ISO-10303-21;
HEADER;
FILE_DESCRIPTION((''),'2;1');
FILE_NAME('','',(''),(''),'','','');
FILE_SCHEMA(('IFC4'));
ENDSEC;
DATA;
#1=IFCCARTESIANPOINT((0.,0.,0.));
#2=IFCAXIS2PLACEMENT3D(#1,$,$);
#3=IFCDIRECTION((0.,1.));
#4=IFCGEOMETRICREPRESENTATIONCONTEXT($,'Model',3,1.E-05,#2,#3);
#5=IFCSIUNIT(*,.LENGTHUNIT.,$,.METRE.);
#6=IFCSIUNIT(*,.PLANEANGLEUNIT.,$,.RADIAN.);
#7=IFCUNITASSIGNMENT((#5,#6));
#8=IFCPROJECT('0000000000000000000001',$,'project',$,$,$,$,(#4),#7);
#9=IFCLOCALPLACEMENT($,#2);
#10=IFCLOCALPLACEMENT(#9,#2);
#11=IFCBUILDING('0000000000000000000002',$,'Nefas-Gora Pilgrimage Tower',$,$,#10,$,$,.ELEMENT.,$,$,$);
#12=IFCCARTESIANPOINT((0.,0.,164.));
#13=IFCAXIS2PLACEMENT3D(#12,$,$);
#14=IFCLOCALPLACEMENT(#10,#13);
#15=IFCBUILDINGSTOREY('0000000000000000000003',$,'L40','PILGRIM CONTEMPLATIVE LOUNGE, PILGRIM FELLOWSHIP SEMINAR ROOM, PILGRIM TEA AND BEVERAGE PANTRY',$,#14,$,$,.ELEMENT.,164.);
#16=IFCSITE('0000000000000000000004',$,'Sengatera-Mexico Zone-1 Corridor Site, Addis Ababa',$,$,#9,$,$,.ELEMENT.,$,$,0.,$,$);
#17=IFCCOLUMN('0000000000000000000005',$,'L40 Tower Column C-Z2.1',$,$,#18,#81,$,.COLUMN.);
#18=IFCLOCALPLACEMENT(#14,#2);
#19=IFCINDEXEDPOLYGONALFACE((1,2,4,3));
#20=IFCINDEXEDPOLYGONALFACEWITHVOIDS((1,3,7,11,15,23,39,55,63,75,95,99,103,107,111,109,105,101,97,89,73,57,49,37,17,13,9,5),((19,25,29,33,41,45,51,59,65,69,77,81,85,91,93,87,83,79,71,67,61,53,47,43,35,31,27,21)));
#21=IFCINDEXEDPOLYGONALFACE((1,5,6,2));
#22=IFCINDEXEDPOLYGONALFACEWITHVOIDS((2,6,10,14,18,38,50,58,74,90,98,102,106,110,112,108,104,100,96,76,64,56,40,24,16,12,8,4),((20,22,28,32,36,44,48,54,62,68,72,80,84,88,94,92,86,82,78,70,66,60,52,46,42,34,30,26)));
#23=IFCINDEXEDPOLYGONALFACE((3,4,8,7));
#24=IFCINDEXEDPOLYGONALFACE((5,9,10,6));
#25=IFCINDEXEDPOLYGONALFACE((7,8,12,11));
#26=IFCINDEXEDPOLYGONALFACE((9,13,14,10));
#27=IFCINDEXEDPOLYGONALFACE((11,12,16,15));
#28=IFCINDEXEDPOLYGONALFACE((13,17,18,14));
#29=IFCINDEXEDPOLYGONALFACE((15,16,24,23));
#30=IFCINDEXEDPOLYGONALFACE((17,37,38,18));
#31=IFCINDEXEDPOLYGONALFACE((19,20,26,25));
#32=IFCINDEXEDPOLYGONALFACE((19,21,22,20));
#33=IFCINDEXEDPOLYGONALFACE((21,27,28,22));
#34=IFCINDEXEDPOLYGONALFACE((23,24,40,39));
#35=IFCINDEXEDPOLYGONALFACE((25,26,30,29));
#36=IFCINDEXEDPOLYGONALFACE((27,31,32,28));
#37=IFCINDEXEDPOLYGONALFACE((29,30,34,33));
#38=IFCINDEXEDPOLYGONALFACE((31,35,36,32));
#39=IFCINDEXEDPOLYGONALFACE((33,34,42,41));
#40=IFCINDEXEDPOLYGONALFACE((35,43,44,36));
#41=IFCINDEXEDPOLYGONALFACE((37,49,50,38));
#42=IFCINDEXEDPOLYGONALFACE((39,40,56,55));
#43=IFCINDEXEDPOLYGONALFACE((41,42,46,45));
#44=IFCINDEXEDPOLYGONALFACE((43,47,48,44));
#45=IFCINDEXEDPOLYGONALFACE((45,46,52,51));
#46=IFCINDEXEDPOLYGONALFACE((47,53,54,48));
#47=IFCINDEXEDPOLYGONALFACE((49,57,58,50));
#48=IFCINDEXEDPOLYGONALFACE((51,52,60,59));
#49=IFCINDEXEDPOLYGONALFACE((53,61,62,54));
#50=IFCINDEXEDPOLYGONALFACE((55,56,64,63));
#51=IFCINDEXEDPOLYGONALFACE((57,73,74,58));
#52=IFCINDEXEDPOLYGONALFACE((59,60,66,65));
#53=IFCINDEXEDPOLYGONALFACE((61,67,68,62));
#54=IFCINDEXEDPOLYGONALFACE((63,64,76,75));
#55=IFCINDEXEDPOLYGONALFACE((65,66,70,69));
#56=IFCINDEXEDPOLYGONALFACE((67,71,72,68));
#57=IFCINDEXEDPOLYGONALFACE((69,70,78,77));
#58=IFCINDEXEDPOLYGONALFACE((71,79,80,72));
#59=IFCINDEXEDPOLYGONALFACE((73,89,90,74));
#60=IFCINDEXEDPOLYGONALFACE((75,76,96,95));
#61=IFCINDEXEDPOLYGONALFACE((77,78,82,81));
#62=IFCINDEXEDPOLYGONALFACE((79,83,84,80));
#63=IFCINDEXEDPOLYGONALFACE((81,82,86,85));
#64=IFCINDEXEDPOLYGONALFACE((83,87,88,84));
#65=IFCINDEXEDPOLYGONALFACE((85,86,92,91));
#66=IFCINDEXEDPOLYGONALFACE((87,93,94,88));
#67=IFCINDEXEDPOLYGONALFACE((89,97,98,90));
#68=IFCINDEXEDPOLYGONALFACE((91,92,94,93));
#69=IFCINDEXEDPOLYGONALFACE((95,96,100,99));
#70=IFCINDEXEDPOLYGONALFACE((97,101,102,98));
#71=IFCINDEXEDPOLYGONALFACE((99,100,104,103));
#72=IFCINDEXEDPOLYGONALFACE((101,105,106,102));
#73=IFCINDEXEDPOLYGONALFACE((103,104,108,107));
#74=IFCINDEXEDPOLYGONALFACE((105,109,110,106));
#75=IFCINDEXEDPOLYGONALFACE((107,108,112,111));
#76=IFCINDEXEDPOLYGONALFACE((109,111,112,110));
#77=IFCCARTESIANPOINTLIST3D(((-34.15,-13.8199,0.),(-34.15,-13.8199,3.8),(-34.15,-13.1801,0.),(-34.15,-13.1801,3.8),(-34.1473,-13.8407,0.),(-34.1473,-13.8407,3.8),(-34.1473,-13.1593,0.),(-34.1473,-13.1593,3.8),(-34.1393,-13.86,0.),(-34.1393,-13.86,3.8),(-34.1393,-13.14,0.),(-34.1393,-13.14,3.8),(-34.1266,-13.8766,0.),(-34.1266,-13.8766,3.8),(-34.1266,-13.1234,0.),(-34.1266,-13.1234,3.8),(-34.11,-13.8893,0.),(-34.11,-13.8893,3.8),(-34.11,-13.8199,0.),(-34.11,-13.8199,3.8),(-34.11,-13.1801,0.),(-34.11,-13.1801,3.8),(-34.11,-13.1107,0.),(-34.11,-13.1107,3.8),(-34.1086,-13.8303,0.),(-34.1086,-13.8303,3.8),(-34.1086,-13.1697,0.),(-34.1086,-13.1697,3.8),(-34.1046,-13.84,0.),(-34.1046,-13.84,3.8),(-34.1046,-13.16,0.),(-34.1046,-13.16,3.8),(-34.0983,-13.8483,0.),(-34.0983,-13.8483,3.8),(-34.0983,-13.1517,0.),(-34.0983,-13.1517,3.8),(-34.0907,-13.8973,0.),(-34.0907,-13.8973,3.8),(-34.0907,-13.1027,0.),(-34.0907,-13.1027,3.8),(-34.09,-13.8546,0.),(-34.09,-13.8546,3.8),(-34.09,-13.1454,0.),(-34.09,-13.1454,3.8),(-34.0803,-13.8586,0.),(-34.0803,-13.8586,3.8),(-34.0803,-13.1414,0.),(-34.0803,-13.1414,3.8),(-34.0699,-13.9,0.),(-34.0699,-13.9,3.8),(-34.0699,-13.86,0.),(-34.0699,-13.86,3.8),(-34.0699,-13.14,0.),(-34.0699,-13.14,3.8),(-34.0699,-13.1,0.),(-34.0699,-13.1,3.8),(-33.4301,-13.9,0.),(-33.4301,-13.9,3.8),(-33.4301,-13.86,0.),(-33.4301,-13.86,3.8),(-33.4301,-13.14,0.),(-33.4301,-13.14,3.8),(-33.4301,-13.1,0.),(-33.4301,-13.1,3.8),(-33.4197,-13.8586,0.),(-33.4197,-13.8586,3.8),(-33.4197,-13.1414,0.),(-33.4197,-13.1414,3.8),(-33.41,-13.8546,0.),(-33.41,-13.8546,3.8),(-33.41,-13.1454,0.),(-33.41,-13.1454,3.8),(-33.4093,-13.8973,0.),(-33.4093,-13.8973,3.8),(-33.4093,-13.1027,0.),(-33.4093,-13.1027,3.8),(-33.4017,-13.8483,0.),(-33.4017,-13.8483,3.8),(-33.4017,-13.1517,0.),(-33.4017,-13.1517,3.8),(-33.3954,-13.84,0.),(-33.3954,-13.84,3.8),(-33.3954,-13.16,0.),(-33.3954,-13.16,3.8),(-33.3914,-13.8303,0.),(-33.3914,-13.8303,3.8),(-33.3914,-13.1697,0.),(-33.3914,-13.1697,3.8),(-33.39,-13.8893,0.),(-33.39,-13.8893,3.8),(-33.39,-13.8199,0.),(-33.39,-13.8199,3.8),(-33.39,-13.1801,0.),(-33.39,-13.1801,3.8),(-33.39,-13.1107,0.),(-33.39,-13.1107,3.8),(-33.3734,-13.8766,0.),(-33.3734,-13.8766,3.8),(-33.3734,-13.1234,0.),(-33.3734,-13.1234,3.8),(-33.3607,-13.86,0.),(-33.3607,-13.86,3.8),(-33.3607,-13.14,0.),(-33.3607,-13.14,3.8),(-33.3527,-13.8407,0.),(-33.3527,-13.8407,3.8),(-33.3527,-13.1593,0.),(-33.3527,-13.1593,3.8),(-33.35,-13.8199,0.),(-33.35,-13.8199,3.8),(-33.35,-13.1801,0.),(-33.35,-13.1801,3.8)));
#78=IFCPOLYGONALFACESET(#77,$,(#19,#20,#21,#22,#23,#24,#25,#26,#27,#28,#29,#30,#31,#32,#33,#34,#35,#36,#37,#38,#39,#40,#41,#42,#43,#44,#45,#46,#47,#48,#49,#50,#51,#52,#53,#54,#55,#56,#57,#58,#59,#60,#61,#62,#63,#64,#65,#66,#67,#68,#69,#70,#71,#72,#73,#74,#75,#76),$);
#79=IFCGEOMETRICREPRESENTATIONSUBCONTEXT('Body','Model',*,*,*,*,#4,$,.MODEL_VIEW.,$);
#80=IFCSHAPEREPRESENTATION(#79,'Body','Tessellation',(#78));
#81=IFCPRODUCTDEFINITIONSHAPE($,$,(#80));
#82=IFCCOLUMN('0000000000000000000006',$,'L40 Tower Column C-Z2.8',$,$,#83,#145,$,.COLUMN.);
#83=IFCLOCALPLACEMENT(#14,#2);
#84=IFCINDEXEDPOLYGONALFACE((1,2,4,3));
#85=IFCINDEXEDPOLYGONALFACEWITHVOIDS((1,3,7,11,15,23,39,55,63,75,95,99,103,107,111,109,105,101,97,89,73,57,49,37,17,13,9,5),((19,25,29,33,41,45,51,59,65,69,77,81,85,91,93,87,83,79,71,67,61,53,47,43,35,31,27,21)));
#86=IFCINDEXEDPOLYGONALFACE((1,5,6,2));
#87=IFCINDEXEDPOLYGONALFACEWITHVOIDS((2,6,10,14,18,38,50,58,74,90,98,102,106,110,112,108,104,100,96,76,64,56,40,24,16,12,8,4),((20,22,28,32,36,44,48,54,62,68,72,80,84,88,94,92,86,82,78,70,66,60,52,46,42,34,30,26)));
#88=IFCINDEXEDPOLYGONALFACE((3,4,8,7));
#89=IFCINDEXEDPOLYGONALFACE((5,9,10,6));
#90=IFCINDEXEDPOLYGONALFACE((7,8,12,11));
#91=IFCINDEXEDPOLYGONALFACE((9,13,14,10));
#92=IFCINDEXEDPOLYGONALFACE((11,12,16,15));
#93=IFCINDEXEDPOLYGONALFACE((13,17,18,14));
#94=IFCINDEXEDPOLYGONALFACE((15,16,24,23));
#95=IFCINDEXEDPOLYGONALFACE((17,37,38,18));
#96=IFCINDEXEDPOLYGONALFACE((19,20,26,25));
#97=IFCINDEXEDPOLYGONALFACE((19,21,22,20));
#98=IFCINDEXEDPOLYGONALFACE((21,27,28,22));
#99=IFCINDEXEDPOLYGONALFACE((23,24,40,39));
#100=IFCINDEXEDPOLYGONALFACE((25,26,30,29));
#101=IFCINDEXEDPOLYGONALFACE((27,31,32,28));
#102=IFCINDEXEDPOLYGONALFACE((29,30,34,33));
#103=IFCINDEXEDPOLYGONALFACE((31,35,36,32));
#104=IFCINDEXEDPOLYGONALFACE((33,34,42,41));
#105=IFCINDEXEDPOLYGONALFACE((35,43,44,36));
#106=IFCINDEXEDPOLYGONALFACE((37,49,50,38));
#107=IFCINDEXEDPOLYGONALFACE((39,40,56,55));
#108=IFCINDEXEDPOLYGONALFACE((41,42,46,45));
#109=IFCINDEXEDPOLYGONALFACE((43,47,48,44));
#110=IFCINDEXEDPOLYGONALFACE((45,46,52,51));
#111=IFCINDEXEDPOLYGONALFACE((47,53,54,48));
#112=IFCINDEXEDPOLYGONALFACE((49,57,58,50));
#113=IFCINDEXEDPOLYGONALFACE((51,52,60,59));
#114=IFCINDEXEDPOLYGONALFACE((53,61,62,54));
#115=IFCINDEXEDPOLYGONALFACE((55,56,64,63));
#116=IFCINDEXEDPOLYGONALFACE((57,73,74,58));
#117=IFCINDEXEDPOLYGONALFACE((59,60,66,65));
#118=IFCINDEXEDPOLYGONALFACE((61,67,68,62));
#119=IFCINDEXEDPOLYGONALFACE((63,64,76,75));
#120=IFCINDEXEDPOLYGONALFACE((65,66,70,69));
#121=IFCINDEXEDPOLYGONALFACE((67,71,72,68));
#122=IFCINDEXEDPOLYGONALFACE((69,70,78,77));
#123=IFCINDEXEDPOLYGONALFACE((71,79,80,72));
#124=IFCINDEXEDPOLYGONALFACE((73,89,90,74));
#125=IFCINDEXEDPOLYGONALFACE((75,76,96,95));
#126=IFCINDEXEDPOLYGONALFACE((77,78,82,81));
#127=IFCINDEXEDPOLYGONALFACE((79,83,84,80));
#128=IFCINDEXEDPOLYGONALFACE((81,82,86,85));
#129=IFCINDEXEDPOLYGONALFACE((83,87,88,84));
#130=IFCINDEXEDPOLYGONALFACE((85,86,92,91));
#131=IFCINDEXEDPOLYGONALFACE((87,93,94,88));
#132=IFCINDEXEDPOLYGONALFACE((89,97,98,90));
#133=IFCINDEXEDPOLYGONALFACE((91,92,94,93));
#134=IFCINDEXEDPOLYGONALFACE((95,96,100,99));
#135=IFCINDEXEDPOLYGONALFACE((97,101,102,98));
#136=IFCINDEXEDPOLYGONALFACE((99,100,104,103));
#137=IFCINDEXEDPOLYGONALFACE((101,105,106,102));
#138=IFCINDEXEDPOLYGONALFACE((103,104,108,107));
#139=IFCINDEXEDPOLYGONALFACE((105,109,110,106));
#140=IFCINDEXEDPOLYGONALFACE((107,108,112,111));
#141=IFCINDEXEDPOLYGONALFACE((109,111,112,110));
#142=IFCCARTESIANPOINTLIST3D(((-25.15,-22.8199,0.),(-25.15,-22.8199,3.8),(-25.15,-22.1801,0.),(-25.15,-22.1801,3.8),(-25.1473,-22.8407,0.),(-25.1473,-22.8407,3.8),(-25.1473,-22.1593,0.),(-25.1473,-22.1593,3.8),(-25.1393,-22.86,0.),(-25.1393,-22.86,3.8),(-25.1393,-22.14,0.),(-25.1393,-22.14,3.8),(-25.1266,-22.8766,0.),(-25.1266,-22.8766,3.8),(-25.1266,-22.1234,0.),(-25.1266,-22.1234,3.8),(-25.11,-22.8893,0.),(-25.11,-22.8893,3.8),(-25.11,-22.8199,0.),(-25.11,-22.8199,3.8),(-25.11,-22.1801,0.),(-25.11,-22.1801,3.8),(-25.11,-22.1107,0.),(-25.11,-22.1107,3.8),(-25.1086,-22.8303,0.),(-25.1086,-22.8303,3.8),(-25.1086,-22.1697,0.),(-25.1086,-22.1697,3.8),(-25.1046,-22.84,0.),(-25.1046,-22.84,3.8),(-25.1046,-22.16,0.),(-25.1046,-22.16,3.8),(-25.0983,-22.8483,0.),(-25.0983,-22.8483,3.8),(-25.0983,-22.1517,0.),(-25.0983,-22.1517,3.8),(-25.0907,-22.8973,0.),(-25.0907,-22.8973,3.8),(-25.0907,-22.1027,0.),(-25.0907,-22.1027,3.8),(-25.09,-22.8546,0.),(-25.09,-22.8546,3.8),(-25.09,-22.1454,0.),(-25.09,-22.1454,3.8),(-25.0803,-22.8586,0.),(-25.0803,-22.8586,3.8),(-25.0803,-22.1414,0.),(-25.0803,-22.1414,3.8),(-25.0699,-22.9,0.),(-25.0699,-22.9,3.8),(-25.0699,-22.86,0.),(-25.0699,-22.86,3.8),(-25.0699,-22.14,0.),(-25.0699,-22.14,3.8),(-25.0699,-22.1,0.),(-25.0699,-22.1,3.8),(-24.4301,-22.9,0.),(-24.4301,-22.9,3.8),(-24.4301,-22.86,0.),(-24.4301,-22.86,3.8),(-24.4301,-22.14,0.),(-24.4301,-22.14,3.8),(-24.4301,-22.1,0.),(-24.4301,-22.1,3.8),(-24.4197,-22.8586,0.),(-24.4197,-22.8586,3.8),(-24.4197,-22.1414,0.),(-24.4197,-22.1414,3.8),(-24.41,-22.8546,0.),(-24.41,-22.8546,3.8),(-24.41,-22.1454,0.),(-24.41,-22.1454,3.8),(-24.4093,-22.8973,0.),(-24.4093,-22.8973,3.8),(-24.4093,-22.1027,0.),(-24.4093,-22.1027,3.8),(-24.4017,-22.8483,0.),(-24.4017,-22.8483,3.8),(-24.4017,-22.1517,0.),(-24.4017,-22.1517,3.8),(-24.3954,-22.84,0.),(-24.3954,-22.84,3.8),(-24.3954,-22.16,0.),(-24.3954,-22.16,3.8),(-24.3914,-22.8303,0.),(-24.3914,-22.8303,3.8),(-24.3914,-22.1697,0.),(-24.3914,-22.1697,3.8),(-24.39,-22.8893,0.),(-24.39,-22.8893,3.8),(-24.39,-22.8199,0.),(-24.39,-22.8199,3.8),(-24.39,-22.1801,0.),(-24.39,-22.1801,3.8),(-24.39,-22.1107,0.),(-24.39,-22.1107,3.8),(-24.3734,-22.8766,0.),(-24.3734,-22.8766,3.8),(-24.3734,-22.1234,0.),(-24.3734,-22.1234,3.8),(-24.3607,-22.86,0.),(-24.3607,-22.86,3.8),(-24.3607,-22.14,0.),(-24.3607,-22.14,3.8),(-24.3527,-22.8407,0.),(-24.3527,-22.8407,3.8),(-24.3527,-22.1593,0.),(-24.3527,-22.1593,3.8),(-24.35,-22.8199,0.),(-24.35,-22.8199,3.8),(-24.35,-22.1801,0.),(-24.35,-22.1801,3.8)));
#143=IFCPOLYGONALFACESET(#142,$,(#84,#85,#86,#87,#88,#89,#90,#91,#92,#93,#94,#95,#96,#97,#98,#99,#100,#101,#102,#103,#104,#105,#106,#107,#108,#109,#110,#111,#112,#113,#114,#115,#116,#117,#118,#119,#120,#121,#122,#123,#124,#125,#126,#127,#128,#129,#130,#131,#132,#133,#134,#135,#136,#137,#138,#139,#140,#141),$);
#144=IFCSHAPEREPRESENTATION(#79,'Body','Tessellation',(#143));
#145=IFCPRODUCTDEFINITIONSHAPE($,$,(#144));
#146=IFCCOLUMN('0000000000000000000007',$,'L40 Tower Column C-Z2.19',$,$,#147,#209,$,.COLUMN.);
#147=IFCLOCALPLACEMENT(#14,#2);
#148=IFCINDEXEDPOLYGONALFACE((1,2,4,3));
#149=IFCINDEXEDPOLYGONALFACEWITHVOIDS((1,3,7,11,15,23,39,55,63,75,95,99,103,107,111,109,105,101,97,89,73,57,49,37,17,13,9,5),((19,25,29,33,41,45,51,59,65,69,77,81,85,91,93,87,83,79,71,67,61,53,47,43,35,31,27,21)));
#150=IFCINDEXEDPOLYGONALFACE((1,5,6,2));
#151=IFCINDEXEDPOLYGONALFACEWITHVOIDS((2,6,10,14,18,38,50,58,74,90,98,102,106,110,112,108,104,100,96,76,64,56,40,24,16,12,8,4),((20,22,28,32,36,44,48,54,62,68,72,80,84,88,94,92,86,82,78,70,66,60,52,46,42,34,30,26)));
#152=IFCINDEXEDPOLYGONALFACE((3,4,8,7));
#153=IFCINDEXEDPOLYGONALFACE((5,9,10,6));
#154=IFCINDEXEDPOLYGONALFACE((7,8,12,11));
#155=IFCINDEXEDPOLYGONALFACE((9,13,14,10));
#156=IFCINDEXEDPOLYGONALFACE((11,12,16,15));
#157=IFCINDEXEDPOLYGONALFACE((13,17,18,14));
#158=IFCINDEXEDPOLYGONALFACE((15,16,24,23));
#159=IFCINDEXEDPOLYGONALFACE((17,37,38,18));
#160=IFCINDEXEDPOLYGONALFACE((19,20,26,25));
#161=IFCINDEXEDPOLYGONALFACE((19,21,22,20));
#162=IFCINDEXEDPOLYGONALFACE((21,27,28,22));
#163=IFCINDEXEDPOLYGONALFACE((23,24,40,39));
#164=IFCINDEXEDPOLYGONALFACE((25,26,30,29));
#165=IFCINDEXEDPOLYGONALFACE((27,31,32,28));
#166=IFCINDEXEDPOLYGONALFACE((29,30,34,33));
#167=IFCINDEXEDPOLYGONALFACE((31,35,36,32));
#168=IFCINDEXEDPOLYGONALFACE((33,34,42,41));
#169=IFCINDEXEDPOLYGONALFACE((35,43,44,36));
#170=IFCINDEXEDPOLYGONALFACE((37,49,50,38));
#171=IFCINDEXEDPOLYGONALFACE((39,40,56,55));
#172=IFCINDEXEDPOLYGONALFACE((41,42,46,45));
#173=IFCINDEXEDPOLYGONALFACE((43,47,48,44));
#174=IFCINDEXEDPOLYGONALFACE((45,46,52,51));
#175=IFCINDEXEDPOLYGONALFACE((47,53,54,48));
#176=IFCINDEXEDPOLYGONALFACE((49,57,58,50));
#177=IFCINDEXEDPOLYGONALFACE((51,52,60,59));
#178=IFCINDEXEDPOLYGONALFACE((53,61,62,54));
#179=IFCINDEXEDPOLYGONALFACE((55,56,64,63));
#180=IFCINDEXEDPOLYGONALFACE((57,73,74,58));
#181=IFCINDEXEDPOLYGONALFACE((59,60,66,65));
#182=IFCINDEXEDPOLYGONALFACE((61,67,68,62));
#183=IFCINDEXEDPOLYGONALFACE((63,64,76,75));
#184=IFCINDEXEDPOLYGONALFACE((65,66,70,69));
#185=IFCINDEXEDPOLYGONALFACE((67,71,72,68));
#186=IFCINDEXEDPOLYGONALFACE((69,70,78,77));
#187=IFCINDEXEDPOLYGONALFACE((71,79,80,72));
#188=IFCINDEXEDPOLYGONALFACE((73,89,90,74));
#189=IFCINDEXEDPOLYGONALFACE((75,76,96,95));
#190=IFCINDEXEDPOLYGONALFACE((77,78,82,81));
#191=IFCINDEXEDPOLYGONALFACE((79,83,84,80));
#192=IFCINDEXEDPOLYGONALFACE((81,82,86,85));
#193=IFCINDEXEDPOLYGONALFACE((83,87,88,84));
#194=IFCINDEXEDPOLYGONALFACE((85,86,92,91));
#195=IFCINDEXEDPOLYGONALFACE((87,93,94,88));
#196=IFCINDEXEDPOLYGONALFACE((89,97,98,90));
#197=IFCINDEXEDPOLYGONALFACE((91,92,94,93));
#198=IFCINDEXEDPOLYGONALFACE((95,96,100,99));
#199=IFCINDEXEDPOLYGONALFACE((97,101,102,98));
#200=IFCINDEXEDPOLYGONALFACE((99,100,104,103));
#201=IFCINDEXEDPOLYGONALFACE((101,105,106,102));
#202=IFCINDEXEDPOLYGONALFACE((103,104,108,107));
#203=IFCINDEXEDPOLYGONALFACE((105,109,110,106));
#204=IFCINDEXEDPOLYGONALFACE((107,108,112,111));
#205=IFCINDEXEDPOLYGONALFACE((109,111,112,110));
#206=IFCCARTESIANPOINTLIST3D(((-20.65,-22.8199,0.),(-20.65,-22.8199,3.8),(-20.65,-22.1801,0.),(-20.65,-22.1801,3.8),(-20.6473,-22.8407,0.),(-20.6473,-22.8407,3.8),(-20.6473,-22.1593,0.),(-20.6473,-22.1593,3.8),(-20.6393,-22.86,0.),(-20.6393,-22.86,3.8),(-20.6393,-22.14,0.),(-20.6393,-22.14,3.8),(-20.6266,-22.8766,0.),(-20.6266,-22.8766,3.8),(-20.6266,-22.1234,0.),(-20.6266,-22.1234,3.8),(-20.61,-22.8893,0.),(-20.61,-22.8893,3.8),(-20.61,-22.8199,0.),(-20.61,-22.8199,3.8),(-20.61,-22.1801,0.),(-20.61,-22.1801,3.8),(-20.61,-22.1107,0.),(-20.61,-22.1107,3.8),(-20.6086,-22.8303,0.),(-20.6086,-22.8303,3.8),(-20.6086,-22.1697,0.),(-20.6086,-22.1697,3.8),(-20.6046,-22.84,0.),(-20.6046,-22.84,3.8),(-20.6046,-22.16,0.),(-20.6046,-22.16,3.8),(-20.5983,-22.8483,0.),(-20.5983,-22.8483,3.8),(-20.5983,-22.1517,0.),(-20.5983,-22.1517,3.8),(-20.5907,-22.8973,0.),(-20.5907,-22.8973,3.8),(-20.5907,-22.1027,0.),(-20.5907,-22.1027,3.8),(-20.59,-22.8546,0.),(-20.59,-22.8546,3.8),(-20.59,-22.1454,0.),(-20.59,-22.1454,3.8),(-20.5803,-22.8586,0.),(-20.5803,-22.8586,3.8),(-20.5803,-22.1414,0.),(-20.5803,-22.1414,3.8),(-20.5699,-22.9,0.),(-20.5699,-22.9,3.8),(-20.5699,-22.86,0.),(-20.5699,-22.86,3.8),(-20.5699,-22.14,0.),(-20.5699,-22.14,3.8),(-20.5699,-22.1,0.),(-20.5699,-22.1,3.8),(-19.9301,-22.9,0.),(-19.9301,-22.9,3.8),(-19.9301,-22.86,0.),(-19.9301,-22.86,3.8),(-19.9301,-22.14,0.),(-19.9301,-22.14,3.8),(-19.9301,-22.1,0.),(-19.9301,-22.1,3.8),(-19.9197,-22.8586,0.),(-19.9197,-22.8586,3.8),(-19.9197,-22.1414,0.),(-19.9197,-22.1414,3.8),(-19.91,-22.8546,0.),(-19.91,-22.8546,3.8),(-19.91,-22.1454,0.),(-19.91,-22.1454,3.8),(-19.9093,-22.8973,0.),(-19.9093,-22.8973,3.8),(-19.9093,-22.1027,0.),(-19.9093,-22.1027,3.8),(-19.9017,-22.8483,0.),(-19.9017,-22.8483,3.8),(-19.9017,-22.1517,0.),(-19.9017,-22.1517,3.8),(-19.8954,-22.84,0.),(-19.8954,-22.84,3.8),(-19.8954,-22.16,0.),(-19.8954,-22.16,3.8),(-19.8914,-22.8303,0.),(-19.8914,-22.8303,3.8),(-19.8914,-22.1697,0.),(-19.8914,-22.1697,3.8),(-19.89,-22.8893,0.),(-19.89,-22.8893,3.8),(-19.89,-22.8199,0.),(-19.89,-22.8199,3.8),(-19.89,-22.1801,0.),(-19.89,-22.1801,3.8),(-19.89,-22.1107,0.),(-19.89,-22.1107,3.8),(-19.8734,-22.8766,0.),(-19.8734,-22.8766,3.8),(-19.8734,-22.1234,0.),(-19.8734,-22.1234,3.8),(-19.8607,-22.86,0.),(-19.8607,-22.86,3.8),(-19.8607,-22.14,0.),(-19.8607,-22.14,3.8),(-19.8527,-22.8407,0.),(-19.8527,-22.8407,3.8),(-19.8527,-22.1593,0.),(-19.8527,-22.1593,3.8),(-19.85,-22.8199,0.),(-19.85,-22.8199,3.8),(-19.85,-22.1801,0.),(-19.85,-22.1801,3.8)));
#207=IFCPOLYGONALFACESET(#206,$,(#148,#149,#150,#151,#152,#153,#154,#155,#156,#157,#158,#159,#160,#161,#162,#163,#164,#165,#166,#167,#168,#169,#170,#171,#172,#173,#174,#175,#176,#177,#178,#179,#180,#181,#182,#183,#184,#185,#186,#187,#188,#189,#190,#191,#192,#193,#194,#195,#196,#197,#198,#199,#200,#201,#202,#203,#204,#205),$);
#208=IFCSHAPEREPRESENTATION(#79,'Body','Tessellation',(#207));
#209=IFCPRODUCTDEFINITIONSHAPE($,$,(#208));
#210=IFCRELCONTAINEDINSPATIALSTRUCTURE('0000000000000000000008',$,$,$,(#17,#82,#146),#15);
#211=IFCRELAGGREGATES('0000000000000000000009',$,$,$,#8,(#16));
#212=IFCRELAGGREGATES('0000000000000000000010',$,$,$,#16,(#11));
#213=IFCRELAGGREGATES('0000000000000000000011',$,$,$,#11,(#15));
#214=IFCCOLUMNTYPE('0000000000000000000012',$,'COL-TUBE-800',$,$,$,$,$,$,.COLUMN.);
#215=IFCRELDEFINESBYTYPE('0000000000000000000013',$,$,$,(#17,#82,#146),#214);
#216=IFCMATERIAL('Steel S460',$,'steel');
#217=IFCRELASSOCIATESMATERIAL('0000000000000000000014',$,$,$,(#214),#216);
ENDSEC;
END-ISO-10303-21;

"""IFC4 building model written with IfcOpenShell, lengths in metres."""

from ifc_helpers import new_model, si_unit, direction, frame, origin, origin_2d, place, context, subcontext, project, spatial, hollow_rectangle, extrude, source, transform, mapped, material, material_profile, profile_set, type_object, element, save


model = new_model("IFC4")

# Units and contexts
model_context = context("Model", 3, precision=1e-05, world=origin(), true_north=direction((0.0, 1.0)))
body_context = subcontext(model_context, "Body", "Model", "MODEL_VIEW")
ifc_project = project(units=[si_unit("LENGTHUNIT", "METRE"), si_unit("PLANEANGLEUNIT", "RADIAN")], contexts=[model_context])

# Site, building, storey
site_placement = place(None, origin())
site = spatial("IfcSite", under=ifc_project, at=site_placement, Name="Sengatera-Mexico Zone-1 Corridor Site, Addis Ababa", CompositionType="ELEMENT", RefElevation=0.0)
building_placement = place(site_placement, origin())
building = spatial("IfcBuilding", under=site, at=building_placement, Name="Nefas-Gora Pilgrimage Tower", CompositionType="ELEMENT")
storey_placement = place(building_placement, frame((0.0, 0.0, 164.0)))
storey = spatial("IfcBuildingStorey", under=building, at=storey_placement, Name="L40", Description="PILGRIM CONTEMPLATIVE LOUNGE, PILGRIM FELLOWSHIP SEMINAR ROOM, PILGRIM TEA AND BEVERAGE PANTRY", CompositionType="ELEMENT", Elevation=164.0)

# Columns
ifc_material_1 = material(Name="Steel S460", Category="steel")
ifc_material_profile_1 = material_profile(ifc_material_1, hollow_rectangle(XDim=0.8, YDim=0.8, WallThickness=0.04, InnerFilletRadius=0.04, OuterFilletRadius=0.0801, at=origin_2d()), Name="BOX 800x800x40")
ifc_profile_set_1 = profile_set([ifc_material_profile_1], Name="Steel S460")
column_type_1 = type_object("IfcColumnType", Name="COL-TUBE-800", PredefinedType="COLUMN", material=ifc_profile_set_1)
shared_shape_1 = source(origin(), body_context, "Body", "SweptSolid", [
    extrude(hollow_rectangle(XDim=0.8, YDim=0.8, WallThickness=0.04, InnerFilletRadius=0.04, OuterFilletRadius=0.0801, at=origin_2d()), origin(), (0.0, 0.0, 1.0), 3.8),
])
for number, where, z_axis, x_axis, name in (
    (1, (-33.75, -13.5, 0.0), (0.0, 0.0, 1.0), (1.0, 0.0, 0.0), "L40 Tower Column C-Z2.1"),
    (2, (-24.75, -22.5, 0.0), (0.0, 0.0, 1.0), (1.0, 0.0, 0.0), "L40 Tower Column C-Z2.8"),
    (3, (-20.25, -22.5, 0.0), (0.0, 0.0, 1.0), (1.0, 0.0, 0.0), "L40 Tower Column C-Z2.19"),
):
    element("IfcColumn", number, at=place(storey_placement, frame(where, z_axis=z_axis, x_axis=x_axis)), inside=storey, type_object=column_type_1, Name=name, PredefinedType="COLUMN", context=body_context, shape_type="MappedRepresentation", body=[
        mapped(shared_shape_1, transform((0.0, 0.0, 0.0), x_axis=(1.0, 0.0, 0.0), y_axis=(0.0, 1.0, 0.0), z_axis=(0.0, 0.0, 1.0), scale=1.0)),
    ])

save(model, "model.ifc")
